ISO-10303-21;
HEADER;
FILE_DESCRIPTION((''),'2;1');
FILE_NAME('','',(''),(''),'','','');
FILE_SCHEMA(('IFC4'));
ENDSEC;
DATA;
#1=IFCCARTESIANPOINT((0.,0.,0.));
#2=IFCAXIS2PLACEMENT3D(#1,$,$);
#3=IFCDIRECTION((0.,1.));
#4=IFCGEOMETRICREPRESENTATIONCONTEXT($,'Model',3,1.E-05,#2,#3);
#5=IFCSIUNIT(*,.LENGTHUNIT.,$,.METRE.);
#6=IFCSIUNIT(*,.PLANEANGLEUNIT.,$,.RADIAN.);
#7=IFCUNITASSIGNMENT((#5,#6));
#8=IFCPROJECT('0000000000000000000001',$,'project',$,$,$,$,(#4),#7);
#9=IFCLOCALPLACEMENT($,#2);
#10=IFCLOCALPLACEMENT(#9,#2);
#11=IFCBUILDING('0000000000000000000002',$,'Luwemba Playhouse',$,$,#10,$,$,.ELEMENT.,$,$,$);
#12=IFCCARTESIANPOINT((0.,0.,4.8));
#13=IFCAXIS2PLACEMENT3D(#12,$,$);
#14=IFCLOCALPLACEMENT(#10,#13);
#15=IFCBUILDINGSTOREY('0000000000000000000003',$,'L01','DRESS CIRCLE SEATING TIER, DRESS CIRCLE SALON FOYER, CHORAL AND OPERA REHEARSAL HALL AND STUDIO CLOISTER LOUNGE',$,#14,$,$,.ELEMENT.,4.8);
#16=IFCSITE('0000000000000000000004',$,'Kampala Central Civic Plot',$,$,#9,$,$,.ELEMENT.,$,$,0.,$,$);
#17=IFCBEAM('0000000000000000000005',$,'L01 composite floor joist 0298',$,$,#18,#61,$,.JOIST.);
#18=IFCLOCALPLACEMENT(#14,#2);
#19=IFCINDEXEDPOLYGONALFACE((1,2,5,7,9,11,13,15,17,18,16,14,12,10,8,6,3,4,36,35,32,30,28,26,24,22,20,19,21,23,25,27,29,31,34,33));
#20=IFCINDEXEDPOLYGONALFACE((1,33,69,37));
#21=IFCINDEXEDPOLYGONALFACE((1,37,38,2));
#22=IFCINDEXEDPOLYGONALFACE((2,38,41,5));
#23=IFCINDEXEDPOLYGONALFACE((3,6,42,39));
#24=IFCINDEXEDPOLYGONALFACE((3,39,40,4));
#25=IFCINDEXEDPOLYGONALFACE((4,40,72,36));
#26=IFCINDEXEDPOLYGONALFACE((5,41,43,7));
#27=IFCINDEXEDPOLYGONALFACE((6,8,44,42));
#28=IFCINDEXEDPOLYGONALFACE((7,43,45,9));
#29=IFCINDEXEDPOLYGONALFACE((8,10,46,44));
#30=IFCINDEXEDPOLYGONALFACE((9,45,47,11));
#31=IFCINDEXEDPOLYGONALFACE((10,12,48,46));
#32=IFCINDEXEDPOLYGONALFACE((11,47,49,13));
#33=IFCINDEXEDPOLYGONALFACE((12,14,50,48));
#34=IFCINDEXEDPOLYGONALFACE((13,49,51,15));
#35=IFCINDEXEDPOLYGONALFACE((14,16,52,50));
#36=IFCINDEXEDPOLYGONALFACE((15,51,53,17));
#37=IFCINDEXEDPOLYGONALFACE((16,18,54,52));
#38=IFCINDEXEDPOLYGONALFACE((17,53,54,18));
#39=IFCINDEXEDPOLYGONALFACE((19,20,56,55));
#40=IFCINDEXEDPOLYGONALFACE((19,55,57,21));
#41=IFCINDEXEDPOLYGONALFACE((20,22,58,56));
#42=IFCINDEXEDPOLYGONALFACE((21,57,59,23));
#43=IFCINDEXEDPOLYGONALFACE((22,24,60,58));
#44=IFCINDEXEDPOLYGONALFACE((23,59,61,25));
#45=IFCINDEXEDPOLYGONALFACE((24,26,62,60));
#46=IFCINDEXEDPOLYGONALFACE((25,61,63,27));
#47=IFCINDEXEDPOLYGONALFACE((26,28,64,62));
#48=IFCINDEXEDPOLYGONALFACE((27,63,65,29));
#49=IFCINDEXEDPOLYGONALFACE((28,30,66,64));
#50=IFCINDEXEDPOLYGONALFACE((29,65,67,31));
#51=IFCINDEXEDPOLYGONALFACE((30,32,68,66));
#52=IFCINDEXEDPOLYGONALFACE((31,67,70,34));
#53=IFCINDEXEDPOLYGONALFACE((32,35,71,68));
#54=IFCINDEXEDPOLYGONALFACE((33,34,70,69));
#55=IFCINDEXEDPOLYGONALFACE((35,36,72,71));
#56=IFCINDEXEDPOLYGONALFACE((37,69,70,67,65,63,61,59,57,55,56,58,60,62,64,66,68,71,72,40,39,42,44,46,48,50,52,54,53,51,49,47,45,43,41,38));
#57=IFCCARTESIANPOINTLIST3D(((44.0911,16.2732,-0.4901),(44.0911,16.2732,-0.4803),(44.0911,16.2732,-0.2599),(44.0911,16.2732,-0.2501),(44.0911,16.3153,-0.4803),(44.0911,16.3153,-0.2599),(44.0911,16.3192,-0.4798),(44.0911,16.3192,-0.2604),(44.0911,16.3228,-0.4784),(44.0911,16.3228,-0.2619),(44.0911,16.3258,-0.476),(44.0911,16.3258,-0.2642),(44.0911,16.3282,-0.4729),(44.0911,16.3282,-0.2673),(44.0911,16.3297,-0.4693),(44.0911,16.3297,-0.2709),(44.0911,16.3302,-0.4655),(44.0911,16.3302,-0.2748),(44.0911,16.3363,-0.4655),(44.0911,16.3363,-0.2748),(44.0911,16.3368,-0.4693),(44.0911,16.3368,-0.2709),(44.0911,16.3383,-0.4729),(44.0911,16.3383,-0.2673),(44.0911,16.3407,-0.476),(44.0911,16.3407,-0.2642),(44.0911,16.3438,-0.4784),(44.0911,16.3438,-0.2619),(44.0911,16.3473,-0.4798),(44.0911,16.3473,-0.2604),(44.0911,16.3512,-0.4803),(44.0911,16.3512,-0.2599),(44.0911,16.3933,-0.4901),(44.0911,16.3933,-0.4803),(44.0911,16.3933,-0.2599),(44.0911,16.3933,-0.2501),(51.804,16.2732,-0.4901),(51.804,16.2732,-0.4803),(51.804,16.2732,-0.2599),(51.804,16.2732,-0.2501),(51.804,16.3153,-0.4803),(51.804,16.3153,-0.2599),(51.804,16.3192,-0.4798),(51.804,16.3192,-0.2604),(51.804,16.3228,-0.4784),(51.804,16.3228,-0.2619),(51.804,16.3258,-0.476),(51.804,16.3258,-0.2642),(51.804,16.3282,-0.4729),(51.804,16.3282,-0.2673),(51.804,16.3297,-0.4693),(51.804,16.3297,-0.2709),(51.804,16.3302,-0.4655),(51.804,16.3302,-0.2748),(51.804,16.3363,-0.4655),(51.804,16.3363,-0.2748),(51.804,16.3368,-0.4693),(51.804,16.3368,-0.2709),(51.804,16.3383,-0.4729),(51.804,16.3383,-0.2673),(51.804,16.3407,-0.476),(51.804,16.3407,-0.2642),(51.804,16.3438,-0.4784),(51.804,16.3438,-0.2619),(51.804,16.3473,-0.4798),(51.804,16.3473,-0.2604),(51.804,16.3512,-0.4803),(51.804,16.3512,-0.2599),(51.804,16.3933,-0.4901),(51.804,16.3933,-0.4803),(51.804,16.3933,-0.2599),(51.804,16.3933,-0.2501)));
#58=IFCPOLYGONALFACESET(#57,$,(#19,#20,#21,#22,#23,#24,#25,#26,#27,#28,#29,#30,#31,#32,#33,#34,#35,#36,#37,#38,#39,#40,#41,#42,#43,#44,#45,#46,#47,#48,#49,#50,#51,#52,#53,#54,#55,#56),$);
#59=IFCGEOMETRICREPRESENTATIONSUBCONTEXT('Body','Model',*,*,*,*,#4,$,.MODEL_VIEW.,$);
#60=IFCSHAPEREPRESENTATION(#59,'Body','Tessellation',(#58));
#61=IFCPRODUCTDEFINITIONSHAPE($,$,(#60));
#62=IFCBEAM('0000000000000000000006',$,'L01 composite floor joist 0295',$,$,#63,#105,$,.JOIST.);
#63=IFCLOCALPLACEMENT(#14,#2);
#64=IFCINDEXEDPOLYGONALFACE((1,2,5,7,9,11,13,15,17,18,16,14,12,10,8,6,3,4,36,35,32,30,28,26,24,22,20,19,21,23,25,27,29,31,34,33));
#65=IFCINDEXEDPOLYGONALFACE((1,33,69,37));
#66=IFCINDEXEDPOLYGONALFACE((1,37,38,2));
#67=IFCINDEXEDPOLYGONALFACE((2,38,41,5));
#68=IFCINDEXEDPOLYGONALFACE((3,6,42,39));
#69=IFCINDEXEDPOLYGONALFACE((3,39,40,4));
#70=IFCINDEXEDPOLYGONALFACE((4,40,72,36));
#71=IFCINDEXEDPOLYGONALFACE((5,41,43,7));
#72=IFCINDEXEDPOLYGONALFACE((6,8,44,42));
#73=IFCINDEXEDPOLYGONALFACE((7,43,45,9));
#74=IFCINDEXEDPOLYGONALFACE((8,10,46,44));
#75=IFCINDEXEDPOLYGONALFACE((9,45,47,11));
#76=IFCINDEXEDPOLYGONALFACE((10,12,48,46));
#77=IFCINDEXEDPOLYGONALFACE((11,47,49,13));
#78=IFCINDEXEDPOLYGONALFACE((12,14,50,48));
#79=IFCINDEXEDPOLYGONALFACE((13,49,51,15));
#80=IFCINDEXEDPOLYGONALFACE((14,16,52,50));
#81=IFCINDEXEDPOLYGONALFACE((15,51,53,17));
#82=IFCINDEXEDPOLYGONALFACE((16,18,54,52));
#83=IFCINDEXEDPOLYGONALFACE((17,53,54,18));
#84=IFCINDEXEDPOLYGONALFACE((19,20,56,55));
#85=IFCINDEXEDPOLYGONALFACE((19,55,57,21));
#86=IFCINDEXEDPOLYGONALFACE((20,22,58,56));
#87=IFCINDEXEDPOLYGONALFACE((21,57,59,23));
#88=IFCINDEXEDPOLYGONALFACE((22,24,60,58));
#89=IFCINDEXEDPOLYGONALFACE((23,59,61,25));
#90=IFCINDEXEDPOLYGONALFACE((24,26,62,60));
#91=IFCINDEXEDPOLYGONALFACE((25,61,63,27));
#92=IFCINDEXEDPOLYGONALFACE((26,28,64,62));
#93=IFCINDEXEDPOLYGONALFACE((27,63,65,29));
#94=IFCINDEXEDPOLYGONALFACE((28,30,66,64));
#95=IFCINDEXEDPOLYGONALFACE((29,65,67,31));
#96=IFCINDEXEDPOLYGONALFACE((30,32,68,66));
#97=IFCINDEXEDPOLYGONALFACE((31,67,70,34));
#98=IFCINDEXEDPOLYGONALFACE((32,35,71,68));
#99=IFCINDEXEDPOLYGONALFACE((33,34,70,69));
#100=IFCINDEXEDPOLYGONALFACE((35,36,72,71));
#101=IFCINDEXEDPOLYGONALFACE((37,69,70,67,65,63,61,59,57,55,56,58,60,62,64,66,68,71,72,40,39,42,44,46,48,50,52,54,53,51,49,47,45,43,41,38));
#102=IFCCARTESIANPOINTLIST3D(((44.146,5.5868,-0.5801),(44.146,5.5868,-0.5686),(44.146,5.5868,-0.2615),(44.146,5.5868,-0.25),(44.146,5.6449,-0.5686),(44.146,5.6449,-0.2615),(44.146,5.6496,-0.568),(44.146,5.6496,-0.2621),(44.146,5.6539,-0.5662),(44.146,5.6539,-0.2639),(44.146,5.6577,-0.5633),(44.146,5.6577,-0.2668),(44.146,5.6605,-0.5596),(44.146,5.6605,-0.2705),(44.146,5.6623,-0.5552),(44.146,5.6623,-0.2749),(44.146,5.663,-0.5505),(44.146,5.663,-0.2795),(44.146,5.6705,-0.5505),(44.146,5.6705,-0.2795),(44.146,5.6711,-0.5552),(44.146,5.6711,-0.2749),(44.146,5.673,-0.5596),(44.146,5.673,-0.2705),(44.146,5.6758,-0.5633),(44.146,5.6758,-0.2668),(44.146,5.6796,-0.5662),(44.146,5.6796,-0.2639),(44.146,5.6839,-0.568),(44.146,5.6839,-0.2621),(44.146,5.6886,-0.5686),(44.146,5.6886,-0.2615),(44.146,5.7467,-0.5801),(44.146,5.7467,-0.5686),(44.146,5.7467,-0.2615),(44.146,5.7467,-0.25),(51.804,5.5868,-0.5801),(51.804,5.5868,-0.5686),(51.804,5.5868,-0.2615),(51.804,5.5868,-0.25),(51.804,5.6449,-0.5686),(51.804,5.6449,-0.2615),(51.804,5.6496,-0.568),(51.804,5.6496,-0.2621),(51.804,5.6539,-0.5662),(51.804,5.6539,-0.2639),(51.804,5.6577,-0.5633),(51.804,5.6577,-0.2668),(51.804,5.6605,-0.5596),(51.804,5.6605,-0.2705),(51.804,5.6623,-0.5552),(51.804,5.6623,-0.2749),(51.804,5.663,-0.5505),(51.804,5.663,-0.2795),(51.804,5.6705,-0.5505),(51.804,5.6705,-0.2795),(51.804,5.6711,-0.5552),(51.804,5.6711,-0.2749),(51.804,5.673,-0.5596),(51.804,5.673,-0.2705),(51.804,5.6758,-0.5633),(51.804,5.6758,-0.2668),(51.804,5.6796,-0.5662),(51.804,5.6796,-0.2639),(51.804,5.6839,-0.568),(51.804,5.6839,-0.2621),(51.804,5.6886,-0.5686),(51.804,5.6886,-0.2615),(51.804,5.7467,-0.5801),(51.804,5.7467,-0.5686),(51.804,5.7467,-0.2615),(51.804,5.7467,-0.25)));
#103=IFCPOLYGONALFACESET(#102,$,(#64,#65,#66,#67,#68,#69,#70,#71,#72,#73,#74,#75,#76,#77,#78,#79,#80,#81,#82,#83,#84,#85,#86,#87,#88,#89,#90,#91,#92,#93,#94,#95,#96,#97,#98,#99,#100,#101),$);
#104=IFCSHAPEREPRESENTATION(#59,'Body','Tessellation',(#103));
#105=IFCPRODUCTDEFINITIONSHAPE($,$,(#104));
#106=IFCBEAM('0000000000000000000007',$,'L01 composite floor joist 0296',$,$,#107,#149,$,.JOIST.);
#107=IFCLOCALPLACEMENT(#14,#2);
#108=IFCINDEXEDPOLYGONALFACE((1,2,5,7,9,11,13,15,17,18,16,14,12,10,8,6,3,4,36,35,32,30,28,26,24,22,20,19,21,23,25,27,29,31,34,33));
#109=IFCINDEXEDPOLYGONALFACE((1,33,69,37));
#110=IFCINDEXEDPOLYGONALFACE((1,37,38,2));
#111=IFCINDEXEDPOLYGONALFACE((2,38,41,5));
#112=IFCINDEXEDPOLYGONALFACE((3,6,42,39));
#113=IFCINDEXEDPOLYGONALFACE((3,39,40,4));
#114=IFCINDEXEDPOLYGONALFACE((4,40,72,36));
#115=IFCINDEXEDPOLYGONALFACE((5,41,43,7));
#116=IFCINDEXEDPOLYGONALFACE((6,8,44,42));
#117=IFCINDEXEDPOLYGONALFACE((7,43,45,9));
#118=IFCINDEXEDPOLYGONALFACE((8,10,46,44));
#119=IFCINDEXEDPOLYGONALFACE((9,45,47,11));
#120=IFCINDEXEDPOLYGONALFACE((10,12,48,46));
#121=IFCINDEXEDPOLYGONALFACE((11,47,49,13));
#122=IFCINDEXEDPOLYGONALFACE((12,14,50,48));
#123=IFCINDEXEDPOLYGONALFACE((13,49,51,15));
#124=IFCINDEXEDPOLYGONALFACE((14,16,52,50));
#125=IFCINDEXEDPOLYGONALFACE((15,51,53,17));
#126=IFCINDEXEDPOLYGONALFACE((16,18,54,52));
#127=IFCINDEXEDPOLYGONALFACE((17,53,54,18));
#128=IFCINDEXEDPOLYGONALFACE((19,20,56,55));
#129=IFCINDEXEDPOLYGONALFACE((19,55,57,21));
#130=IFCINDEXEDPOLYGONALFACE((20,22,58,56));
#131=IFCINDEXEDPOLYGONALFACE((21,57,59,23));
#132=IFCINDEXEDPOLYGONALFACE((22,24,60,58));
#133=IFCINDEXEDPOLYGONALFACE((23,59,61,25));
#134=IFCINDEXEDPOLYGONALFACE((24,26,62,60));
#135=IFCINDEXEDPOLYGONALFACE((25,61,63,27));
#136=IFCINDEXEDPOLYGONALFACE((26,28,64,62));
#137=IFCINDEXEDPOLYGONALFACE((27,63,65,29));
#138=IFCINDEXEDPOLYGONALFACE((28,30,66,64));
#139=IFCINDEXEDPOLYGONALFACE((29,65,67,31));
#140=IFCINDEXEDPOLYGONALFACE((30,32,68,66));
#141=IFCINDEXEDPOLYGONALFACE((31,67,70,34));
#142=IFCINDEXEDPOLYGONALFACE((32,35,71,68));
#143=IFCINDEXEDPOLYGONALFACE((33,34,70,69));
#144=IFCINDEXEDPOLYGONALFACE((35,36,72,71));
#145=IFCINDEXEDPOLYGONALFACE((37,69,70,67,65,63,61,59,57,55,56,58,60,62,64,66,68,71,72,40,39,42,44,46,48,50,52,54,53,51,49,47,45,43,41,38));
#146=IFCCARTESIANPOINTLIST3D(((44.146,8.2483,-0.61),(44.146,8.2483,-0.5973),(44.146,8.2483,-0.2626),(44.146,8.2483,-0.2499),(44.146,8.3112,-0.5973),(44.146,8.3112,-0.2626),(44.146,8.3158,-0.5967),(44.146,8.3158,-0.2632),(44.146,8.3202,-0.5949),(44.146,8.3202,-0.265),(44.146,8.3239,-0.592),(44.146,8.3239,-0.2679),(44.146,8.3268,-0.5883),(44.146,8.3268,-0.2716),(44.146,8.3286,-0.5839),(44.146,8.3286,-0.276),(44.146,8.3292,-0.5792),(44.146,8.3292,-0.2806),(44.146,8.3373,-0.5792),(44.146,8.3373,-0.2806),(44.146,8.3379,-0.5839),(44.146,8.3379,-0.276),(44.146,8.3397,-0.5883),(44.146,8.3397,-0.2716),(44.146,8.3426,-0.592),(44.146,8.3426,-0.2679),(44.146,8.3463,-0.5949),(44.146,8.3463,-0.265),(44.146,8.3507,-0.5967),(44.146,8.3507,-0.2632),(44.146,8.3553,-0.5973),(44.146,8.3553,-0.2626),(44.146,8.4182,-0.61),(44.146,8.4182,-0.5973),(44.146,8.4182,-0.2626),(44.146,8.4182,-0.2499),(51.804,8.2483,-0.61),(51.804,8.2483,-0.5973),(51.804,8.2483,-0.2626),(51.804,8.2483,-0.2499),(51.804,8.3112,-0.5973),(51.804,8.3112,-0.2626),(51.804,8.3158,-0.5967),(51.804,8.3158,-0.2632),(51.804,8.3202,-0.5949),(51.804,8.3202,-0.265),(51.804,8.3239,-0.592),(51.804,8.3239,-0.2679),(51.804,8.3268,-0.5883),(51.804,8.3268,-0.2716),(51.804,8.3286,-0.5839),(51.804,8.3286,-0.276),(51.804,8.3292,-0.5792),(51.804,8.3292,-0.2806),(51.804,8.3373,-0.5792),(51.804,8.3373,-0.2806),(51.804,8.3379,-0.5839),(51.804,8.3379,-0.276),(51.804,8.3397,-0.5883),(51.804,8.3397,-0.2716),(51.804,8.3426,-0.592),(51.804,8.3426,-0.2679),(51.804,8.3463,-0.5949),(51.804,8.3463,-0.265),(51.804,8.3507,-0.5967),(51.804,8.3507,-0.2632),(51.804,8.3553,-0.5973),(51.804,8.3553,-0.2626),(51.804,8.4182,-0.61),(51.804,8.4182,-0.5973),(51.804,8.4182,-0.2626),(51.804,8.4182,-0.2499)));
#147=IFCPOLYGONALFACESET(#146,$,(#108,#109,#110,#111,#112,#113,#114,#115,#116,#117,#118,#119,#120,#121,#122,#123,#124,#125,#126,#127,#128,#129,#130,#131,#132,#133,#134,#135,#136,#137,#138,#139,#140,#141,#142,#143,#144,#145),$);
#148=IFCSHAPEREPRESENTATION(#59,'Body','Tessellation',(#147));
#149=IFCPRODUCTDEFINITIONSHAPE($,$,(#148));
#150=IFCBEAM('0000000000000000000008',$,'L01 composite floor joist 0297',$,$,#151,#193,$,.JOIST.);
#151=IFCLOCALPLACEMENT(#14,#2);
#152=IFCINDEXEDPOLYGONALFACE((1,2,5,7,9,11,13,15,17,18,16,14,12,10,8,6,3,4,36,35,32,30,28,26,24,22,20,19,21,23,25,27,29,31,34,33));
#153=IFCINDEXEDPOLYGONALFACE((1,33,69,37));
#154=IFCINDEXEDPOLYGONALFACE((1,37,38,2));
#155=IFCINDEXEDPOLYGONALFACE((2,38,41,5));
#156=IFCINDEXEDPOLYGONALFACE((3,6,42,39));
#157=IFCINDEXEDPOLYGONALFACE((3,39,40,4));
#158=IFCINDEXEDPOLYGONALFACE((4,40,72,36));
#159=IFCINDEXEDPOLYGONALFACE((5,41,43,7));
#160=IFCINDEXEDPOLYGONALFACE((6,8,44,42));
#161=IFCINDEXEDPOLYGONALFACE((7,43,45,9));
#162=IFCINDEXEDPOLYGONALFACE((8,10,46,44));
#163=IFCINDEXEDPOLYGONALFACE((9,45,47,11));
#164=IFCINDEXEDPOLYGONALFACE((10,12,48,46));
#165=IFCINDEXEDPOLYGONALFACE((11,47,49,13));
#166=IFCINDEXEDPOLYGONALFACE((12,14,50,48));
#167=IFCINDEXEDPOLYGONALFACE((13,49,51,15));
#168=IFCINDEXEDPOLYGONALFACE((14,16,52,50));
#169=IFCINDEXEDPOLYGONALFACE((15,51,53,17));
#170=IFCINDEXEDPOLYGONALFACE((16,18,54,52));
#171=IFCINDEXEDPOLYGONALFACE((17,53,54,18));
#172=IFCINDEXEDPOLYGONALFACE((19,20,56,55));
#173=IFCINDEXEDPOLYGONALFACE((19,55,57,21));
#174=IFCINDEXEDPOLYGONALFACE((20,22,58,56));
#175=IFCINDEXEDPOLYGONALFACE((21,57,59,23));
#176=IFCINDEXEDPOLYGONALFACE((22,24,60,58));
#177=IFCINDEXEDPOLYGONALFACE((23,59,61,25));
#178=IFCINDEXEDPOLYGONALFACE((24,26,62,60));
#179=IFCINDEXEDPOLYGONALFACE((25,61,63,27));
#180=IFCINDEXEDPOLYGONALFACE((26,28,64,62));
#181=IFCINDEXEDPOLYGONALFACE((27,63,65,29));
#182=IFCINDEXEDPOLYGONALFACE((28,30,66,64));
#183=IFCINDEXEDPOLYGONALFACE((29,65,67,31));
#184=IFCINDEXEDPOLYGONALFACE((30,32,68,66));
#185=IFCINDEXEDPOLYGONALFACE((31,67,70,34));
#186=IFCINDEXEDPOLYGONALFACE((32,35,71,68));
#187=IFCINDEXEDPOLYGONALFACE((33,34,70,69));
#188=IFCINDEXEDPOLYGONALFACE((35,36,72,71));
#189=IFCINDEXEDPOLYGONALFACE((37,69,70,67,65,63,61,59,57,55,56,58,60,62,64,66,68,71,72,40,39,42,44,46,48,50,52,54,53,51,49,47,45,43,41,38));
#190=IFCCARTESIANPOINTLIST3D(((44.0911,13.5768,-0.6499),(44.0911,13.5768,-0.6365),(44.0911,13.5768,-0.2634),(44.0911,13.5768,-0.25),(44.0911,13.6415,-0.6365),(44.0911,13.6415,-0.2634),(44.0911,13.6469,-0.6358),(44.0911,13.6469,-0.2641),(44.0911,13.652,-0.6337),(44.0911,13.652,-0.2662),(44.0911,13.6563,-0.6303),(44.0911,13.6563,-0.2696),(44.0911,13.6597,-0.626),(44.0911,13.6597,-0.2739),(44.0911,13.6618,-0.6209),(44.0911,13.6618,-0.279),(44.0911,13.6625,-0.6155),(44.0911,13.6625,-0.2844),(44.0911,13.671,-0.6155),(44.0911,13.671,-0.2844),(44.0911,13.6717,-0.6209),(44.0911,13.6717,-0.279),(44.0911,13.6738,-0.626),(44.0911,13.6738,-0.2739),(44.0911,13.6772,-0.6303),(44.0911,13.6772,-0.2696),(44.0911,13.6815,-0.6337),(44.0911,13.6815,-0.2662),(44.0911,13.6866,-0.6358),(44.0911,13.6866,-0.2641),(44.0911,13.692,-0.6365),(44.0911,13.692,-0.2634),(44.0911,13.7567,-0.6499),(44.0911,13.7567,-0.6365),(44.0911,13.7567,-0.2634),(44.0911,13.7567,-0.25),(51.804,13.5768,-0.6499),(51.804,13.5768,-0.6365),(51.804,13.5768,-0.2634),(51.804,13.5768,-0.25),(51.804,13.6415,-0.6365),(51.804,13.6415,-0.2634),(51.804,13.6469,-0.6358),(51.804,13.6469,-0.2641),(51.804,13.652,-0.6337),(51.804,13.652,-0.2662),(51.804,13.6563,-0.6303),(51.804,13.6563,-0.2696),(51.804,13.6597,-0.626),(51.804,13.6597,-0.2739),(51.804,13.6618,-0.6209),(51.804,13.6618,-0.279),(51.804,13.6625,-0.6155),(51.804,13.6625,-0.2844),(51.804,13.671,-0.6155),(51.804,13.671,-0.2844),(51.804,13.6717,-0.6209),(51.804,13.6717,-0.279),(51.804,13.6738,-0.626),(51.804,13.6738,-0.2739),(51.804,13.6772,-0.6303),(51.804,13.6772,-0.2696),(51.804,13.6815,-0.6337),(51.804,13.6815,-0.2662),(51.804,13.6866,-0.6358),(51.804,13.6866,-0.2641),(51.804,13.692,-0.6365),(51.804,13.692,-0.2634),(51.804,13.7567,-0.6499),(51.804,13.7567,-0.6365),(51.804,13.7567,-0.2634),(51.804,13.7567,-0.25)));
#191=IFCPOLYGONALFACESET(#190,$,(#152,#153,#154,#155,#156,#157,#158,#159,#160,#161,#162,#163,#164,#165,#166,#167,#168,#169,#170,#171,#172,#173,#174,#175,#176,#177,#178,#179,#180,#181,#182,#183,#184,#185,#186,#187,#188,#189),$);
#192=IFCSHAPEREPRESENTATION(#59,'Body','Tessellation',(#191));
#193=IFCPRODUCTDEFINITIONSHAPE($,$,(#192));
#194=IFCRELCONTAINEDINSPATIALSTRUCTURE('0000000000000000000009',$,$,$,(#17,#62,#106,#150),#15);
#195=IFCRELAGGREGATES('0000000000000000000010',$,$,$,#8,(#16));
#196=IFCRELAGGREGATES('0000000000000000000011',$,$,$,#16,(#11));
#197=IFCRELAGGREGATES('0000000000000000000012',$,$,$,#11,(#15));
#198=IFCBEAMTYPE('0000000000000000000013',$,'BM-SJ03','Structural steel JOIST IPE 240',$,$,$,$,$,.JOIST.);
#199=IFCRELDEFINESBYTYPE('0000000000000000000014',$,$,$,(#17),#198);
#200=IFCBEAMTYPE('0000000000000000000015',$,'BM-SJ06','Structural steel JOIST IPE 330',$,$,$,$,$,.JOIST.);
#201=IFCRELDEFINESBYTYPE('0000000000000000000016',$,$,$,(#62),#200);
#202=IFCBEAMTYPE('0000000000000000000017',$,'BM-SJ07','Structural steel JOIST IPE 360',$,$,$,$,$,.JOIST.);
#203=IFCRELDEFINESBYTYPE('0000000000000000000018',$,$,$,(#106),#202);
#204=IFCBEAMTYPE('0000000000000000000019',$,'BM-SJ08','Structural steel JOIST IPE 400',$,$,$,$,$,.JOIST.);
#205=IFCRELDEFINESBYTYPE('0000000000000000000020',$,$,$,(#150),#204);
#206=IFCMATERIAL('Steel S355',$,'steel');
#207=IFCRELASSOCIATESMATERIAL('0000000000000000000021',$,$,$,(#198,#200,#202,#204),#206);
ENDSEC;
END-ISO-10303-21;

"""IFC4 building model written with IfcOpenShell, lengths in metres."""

from ifc_helpers import new_model, si_unit, direction, frame, origin, origin_2d, place, context, subcontext, project, spatial, i_section, extrude, material, material_profile, profile_set, type_object, element, save


model = new_model("IFC4")

# Units and contexts
model_context = context("Model", 3, precision=1e-05, world=origin(), true_north=direction((0.0, 1.0)))
body_context = subcontext(model_context, "Body", "Model", "MODEL_VIEW")
ifc_project = project(units=[si_unit("LENGTHUNIT", "METRE"), si_unit("PLANEANGLEUNIT", "RADIAN")], contexts=[model_context])

# Site, building, storey
site_placement = place(None, origin())
site = spatial("IfcSite", under=ifc_project, at=site_placement, Name="Kampala Central Civic Plot", CompositionType="ELEMENT", RefElevation=0.0)
building_placement = place(site_placement, origin())
building = spatial("IfcBuilding", under=site, at=building_placement, Name="Luwemba Playhouse", CompositionType="ELEMENT")
storey_placement = place(building_placement, frame((0.0, 0.0, 4.8)))
storey = spatial("IfcBuildingStorey", under=building, at=storey_placement, Name="L01", Description="DRESS CIRCLE SEATING TIER, DRESS CIRCLE SALON FOYER, CHORAL AND OPERA REHEARSAL HALL AND STUDIO CLOISTER LOUNGE", CompositionType="ELEMENT", Elevation=4.8)

# Beams
ifc_material_1 = material(Name="Steel S355", Category="steel")
ifc_material_profile_1 = material_profile(ifc_material_1, i_section(OverallWidth=0.1201, OverallDepth=0.24, WebThickness=0.0061, FlangeThickness=0.0098, FilletRadius=0.0149, at=origin_2d()))
ifc_profile_set_1 = profile_set([ifc_material_profile_1], Name="Steel S355")
beam_type_1 = type_object("IfcBeamType", Name="BM-SJ03", Description="Structural steel JOIST IPE 240", PredefinedType="JOIST", material=ifc_profile_set_1)
beam_1_placement = place(storey_placement, frame((44.0911, 16.3333, -0.3701), z_axis=(1.0, 0.0, 0.0), x_axis=(0.0, 1.0, 0.0)))
element("IfcBeam", 1, at=beam_1_placement, inside=storey, type_object=beam_type_1, Name="L01 composite floor joist 0298", PredefinedType="JOIST", context=body_context, shape_type="SweptSolid", body=[
    extrude(i_section(OverallWidth=0.1201, OverallDepth=0.24, WebThickness=0.0061, FlangeThickness=0.0098, FilletRadius=0.0149, at=origin_2d()), origin(), (0.0, 0.0, 1.0), 7.7129),
])
ifc_material_profile_2 = material_profile(ifc_material_1, i_section(OverallWidth=0.1599, OverallDepth=0.3301, WebThickness=0.0076, FlangeThickness=0.0115, FilletRadius=0.0181, at=origin_2d()))
ifc_profile_set_2 = profile_set([ifc_material_profile_2], Name="Steel S355")
beam_type_2 = type_object("IfcBeamType", Name="BM-SJ06", Description="Structural steel JOIST IPE 330", PredefinedType="JOIST", material=ifc_profile_set_2)
beam_2_placement = place(storey_placement, frame((44.146, 5.6667, -0.415), z_axis=(1.0, 0.0, 0.0), x_axis=(0.0, 1.0, 0.0)))
element("IfcBeam", 2, at=beam_2_placement, inside=storey, type_object=beam_type_2, Name="L01 composite floor joist 0295", PredefinedType="JOIST", context=body_context, shape_type="SweptSolid", body=[
    extrude(i_section(OverallWidth=0.1599, OverallDepth=0.3301, WebThickness=0.0076, FlangeThickness=0.0115, FilletRadius=0.0181, at=origin_2d()), origin(), (0.0, 0.0, 1.0), 7.658),
])
ifc_material_profile_3 = material_profile(ifc_material_1, i_section(OverallWidth=0.1699, OverallDepth=0.3601, WebThickness=0.0081, FlangeThickness=0.0127, FilletRadius=0.0181, at=origin_2d()))
ifc_profile_set_3 = profile_set([ifc_material_profile_3], Name="Steel S355")
beam_type_3 = type_object("IfcBeamType", Name="BM-SJ07", Description="Structural steel JOIST IPE 360", PredefinedType="JOIST", material=ifc_profile_set_3)
beam_3_placement = place(storey_placement, frame((44.146, 8.3333, -0.4299), z_axis=(1.0, 0.0, 0.0), x_axis=(0.0, 1.0, 0.0)))
element("IfcBeam", 3, at=beam_3_placement, inside=storey, type_object=beam_type_3, Name="L01 composite floor joist 0296", PredefinedType="JOIST", context=body_context, shape_type="SweptSolid", body=[
    extrude(i_section(OverallWidth=0.1699, OverallDepth=0.3601, WebThickness=0.0081, FlangeThickness=0.0127, FilletRadius=0.0181, at=origin_2d()), origin(), (0.0, 0.0, 1.0), 7.658),
])
ifc_material_profile_4 = material_profile(ifc_material_1, i_section(OverallWidth=0.1799, OverallDepth=0.3999, WebThickness=0.0085, FlangeThickness=0.0134, FilletRadius=0.021, at=origin_2d()))
ifc_profile_set_4 = profile_set([ifc_material_profile_4], Name="Steel S355")
beam_type_4 = type_object("IfcBeamType", Name="BM-SJ08", Description="Structural steel JOIST IPE 400", PredefinedType="JOIST", material=ifc_profile_set_4)
beam_4_placement = place(storey_placement, frame((44.0911, 13.6667, -0.45), z_axis=(1.0, 0.0, 0.0), x_axis=(0.0, 1.0, 0.0)))
element("IfcBeam", 4, at=beam_4_placement, inside=storey, type_object=beam_type_4, Name="L01 composite floor joist 0297", PredefinedType="JOIST", context=body_context, shape_type="SweptSolid", body=[
    extrude(i_section(OverallWidth=0.1799, OverallDepth=0.3999, WebThickness=0.0085, FlangeThickness=0.0134, FilletRadius=0.021, at=origin_2d()), origin(), (0.0, 0.0, 1.0), 7.7129),
])

save(model, "model.ifc")
